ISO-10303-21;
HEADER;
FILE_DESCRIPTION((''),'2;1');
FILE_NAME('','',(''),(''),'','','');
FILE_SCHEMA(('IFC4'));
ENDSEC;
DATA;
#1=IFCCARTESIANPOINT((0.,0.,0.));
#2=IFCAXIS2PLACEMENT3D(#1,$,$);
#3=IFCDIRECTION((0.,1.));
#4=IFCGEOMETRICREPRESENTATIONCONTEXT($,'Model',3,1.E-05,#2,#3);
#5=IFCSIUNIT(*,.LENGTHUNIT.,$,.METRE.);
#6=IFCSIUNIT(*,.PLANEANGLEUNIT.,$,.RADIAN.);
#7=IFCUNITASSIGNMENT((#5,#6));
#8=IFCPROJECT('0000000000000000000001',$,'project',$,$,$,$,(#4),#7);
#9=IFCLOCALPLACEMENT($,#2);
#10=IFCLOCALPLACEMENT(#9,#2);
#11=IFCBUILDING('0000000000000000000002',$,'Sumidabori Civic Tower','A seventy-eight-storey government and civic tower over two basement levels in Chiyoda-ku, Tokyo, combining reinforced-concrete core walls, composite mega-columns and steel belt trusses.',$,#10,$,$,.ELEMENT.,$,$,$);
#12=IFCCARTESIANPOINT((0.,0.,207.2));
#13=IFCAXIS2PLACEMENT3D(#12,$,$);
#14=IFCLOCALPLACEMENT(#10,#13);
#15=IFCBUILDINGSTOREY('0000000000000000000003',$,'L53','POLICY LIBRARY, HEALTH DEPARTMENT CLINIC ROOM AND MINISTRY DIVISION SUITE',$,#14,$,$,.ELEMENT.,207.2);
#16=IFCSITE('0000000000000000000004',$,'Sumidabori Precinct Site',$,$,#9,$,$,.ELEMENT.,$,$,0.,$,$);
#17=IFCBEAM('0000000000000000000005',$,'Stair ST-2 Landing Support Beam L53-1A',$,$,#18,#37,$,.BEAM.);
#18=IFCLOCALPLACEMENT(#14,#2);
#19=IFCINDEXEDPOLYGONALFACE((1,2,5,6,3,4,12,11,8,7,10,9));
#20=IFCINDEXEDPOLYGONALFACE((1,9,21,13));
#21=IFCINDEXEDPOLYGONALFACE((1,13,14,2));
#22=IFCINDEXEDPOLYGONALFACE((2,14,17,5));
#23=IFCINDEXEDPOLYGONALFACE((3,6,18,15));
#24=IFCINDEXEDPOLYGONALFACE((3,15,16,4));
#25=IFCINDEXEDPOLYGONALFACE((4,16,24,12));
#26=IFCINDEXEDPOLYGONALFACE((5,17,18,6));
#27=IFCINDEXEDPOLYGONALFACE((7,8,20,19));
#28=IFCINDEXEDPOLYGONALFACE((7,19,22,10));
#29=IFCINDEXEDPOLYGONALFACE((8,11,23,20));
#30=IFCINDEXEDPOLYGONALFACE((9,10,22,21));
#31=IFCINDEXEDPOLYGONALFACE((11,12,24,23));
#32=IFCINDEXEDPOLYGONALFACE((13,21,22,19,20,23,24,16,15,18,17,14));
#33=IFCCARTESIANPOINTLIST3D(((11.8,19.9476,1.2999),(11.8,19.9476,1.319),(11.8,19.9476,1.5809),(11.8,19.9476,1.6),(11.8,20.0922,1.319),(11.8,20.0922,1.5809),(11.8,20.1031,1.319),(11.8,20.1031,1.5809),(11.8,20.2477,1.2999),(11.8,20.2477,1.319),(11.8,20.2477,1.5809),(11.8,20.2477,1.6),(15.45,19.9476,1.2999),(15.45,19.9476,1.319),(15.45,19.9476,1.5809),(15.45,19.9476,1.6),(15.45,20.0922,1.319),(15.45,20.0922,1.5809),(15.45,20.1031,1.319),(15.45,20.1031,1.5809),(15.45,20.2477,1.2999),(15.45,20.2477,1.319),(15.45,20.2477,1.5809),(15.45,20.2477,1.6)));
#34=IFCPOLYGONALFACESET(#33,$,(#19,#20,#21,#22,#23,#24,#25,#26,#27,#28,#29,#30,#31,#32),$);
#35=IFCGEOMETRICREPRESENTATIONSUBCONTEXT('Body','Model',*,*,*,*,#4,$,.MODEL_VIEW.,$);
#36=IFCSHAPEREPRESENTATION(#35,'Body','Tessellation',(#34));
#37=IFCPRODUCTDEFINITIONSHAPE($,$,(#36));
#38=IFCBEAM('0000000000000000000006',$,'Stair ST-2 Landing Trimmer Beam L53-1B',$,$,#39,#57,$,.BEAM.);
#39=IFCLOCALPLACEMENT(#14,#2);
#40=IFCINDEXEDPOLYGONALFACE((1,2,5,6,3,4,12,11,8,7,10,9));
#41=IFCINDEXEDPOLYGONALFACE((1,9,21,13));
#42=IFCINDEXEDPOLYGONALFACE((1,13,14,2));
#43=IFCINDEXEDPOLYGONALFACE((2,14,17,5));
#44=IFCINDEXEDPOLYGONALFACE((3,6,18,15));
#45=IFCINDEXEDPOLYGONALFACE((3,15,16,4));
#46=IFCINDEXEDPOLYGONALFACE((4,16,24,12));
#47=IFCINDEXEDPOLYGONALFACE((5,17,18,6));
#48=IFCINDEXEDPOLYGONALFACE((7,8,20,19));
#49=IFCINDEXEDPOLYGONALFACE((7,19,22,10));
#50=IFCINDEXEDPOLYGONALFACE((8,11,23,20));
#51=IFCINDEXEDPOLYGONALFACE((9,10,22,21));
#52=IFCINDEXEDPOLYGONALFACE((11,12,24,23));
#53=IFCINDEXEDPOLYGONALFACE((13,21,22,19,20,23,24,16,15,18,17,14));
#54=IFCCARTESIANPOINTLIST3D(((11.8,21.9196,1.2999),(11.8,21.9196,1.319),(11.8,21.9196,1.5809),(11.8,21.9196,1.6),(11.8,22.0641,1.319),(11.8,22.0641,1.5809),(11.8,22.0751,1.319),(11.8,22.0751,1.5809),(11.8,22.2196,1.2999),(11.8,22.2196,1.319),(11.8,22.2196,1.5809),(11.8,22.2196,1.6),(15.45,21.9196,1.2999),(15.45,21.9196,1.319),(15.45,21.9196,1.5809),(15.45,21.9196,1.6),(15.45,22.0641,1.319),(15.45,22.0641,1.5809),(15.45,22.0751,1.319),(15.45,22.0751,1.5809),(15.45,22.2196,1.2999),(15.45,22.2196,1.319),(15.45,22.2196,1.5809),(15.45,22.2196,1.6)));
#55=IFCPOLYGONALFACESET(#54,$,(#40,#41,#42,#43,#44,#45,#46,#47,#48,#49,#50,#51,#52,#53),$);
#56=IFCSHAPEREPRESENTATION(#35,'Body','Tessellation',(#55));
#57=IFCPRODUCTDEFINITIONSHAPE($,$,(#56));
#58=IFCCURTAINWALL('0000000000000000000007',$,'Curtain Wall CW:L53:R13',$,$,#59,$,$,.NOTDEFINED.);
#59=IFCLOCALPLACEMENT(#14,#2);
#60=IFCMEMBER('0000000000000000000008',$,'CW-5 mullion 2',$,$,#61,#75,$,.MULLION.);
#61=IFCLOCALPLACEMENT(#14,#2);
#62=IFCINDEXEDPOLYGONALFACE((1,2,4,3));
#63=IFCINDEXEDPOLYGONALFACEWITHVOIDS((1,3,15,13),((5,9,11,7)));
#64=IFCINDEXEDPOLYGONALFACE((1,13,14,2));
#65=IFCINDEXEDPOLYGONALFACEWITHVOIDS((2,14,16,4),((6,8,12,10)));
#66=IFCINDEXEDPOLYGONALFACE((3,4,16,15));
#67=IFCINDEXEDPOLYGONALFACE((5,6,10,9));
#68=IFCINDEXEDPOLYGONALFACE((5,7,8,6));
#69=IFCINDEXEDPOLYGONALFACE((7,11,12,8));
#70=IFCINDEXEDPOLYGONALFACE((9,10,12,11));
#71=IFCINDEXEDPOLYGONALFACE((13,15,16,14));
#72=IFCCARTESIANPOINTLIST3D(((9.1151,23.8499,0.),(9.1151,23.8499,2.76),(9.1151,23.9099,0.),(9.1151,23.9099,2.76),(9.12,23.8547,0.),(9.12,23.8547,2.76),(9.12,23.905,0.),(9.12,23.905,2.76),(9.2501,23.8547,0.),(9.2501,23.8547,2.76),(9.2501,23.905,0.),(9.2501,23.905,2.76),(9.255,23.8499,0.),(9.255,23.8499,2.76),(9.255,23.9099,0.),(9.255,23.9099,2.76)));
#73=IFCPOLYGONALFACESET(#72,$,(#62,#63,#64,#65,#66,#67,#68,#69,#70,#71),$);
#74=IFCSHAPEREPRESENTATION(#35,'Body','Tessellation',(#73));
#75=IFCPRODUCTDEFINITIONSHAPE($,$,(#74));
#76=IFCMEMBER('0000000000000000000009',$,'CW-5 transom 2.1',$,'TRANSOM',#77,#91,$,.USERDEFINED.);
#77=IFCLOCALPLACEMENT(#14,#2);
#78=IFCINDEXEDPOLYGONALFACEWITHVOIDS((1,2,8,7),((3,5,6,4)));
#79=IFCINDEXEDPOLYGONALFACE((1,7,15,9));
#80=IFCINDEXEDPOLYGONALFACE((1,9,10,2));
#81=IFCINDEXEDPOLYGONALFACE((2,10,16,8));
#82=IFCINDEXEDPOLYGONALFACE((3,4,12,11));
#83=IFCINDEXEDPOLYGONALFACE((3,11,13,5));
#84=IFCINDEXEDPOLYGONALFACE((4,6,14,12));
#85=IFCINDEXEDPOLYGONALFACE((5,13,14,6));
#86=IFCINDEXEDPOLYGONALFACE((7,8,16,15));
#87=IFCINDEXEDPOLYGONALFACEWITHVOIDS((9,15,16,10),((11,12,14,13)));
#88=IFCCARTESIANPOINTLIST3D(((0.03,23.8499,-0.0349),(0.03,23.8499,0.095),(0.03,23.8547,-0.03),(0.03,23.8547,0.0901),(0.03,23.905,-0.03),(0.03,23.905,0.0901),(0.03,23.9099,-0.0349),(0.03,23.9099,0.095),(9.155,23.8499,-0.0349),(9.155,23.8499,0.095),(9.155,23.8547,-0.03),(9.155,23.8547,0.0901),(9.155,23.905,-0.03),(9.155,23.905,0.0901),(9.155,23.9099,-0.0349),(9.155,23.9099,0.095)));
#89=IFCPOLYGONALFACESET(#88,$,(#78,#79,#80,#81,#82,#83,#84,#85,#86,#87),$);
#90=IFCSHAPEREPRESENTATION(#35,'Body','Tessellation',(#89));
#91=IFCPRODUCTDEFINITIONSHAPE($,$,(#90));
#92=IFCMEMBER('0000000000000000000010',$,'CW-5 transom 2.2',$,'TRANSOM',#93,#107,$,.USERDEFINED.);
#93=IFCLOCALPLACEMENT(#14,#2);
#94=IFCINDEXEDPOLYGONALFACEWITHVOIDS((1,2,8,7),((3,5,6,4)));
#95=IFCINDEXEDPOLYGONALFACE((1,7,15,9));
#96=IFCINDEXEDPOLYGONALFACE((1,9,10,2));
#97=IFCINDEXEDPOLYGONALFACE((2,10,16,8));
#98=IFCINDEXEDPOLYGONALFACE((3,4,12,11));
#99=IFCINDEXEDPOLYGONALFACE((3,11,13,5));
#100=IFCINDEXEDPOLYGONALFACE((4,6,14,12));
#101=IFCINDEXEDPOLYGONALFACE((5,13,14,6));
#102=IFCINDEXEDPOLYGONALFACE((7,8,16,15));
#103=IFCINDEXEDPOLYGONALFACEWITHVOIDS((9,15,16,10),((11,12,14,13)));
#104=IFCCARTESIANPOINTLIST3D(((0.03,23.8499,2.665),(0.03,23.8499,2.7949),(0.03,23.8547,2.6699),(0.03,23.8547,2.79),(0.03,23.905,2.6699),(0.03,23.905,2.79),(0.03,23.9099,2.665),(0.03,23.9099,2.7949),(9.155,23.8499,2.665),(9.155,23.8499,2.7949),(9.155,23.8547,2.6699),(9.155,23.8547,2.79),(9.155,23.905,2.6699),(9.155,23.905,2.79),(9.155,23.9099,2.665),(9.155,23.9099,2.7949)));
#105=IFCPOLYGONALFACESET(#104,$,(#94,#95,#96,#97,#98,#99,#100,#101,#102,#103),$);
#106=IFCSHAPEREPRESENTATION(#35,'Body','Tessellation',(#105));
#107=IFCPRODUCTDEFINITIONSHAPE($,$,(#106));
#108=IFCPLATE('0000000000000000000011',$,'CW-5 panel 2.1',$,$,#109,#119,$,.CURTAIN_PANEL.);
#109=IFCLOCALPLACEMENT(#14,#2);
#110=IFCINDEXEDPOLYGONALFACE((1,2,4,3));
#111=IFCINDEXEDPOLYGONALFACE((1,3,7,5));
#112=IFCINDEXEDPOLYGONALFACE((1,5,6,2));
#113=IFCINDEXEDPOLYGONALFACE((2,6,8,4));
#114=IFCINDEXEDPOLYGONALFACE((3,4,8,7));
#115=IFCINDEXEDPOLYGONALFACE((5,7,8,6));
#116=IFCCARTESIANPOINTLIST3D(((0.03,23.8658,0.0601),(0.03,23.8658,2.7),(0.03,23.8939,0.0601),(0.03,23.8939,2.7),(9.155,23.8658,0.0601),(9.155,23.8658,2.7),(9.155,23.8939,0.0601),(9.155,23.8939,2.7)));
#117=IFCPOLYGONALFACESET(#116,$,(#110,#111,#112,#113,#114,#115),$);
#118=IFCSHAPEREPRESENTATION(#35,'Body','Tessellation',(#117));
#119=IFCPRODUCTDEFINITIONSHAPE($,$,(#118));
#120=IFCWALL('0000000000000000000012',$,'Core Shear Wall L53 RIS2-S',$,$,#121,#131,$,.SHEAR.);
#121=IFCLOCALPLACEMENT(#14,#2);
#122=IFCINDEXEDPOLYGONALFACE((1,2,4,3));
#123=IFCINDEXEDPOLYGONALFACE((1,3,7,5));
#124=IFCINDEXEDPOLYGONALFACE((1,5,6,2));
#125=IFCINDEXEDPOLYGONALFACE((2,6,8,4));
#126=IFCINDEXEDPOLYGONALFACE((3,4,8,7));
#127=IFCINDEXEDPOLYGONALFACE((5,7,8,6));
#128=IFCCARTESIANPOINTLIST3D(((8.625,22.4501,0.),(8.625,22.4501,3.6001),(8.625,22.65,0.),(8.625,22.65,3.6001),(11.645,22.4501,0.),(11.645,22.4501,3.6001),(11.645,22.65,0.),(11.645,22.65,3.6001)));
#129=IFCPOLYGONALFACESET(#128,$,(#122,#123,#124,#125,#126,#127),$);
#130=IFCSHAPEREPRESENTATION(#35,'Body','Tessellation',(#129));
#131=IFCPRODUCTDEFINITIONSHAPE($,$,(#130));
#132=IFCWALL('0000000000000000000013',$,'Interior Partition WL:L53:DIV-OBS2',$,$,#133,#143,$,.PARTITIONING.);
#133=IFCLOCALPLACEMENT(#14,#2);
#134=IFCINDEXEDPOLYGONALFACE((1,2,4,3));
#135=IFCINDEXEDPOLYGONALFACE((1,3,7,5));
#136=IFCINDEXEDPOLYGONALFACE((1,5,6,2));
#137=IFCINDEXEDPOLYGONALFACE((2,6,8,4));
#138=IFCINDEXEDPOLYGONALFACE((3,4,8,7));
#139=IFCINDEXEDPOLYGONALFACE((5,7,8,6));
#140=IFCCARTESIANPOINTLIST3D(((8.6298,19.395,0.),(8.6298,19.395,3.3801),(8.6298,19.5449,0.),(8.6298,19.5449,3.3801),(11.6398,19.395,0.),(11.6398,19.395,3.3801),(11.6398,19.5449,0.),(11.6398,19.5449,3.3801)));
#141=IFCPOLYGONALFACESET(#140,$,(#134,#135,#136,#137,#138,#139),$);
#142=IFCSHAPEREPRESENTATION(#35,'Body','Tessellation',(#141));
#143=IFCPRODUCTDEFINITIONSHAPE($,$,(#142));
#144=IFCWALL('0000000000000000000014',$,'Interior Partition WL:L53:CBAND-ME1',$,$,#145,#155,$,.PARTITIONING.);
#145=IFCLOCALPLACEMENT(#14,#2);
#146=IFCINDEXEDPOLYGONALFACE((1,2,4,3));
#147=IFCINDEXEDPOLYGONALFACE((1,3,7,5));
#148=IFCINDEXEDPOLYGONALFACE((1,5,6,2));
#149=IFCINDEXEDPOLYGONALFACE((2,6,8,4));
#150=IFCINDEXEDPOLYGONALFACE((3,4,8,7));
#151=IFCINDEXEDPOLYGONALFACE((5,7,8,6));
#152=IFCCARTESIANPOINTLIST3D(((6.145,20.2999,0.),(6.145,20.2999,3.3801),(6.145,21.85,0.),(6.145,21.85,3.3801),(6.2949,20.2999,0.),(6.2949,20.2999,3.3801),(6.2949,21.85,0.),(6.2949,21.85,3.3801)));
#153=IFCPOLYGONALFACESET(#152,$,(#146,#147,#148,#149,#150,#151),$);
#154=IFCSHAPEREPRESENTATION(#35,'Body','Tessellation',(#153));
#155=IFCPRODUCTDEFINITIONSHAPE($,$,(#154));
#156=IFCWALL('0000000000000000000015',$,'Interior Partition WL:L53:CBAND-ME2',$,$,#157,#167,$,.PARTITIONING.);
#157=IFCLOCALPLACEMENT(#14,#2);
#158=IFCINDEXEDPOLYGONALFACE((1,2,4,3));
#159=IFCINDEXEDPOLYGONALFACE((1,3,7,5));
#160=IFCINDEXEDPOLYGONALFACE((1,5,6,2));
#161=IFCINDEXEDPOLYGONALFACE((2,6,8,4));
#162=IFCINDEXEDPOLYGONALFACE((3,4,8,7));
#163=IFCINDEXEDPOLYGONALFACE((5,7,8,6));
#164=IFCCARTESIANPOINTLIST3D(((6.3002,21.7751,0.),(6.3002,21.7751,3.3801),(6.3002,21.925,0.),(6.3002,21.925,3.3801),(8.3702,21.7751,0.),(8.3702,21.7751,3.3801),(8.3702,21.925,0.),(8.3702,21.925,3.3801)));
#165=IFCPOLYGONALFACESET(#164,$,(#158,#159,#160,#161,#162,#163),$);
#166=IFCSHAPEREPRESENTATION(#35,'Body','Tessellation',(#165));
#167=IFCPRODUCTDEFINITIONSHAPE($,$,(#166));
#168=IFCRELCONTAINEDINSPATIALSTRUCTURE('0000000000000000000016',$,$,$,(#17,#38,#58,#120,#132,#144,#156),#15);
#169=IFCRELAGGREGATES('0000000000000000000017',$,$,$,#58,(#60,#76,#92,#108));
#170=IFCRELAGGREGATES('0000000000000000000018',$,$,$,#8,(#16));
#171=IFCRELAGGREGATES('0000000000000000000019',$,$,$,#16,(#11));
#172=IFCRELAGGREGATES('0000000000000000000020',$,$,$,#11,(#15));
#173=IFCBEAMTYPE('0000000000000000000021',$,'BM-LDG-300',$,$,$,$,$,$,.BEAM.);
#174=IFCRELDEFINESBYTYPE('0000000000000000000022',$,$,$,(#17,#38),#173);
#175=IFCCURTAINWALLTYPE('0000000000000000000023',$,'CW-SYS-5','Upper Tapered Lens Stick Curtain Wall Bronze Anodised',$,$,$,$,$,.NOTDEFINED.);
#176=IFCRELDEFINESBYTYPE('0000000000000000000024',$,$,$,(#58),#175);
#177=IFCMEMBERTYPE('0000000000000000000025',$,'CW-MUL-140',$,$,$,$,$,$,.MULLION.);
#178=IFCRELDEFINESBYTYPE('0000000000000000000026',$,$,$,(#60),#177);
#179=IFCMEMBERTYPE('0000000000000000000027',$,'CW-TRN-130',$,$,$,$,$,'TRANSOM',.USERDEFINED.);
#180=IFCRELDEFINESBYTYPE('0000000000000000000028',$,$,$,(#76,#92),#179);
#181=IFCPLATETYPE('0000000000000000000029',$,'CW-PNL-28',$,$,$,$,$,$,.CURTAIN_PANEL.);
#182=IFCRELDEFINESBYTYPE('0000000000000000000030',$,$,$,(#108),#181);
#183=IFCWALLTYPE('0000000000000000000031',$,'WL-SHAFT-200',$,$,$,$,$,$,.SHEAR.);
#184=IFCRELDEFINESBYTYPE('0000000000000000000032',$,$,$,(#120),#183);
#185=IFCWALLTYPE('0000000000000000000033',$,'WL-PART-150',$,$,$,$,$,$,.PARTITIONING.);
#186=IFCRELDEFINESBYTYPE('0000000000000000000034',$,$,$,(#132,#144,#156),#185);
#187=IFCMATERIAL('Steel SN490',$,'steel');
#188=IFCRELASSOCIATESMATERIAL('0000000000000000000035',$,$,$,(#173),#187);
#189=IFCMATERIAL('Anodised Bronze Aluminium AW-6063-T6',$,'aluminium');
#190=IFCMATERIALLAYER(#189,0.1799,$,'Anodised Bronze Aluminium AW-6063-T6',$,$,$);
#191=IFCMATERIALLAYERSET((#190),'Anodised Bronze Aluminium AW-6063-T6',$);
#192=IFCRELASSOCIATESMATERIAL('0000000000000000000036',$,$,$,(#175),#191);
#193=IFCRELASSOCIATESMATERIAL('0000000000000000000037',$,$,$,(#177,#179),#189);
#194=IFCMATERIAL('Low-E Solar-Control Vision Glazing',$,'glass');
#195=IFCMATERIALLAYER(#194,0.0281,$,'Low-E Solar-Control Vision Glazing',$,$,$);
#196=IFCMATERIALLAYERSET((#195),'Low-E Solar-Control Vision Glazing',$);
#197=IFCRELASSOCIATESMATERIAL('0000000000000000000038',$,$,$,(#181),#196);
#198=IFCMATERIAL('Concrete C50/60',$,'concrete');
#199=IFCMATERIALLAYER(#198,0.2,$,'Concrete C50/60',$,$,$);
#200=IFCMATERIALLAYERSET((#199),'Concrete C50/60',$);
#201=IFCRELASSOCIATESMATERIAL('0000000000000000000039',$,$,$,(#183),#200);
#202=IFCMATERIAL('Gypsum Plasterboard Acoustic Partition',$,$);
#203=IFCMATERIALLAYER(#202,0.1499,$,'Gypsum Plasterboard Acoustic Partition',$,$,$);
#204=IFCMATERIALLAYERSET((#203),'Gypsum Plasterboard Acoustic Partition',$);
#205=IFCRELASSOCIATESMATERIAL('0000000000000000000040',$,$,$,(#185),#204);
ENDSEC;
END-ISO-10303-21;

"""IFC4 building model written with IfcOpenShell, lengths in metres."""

from ifc_helpers import new_model, si_unit, direction, frame, frame_2d, origin, origin_2d, place, context, subcontext, project, spatial, rectangle, hollow_rectangle, i_section, extrude, source, transform, mapped, material, layer, layer_set, material_profile, profile_set, type_object, element, aggregate, save


model = new_model("IFC4")

# Units and contexts
model_context = context("Model", 3, precision=1e-05, world=origin(), true_north=direction((0.0, 1.0)))
body_context = subcontext(model_context, "Body", "Model", "MODEL_VIEW")
ifc_project = project(units=[si_unit("LENGTHUNIT", "METRE"), si_unit("PLANEANGLEUNIT", "RADIAN")], contexts=[model_context])

# Site, building, storey
site_placement = place(None, origin())
site = spatial("IfcSite", under=ifc_project, at=site_placement, Name="Sumidabori Precinct Site", CompositionType="ELEMENT", RefElevation=0.0)
building_placement = place(site_placement, origin())
building = spatial("IfcBuilding", under=site, at=building_placement, Name="Sumidabori Civic Tower", Description="A seventy-eight-storey government and civic tower over two basement levels in Chiyoda-ku, Tokyo, combining reinforced-concrete core walls, composite mega-columns and steel belt trusses.", CompositionType="ELEMENT")
storey_placement = place(building_placement, frame((0.0, 0.0, 207.2)))
storey = spatial("IfcBuildingStorey", under=building, at=storey_placement, Name="L53", Description="POLICY LIBRARY, HEALTH DEPARTMENT CLINIC ROOM AND MINISTRY DIVISION SUITE", CompositionType="ELEMENT", Elevation=207.2)

# Beams
ifc_material_1 = material(Name="Steel SN490", Category="steel")
ifc_material_profile_1 = material_profile(ifc_material_1, i_section(OverallWidth=0.3, OverallDepth=0.3, WebThickness=0.011, FlangeThickness=0.019, at=origin_2d()), Name="HE 300 B")
ifc_profile_set_1 = profile_set([ifc_material_profile_1], Name="Steel SN490")
beam_type = type_object("IfcBeamType", Name="BM-LDG-300", PredefinedType="BEAM", material=ifc_profile_set_1)
shared_shape_1 = source(origin(), body_context, "Body", "SweptSolid", [
    extrude(i_section(OverallWidth=0.3, OverallDepth=0.3, WebThickness=0.011, FlangeThickness=0.019, at=origin_2d()), origin(), (0.0, 0.0, 1.0), 3.6499),
])
for number, where, z_axis, x_axis, name in (
    (1, (11.8, 20.0977, 1.45), (1.0, 0.0, 0.0), (0.0, 1.0, 0.0), "Stair ST-2 Landing Support Beam L53-1A"),
    (2, (11.8, 22.0696, 1.45), (1.0, 0.0, 0.0), (0.0, 1.0, 0.0), "Stair ST-2 Landing Trimmer Beam L53-1B"),
):
    element("IfcBeam", number, at=place(storey_placement, frame(where, z_axis=z_axis, x_axis=x_axis)), inside=storey, type_object=beam_type, Name=name, PredefinedType="BEAM", context=body_context, shape_type="MappedRepresentation", body=[
        mapped(shared_shape_1, transform((0.0, 0.0, 0.0), x_axis=(1.0, 0.0, 0.0), y_axis=(0.0, 1.0, 0.0), z_axis=(0.0, 0.0, 1.0), scale=1.0)),
    ])

# Curtain wall, members, plate
ifc_material_2 = material(Name="Anodised Bronze Aluminium AW-6063-T6", Category="aluminium")
ifc_layer_1 = layer(ifc_material_2, 0.1799, Name="Anodised Bronze Aluminium AW-6063-T6")
ifc_layer_set_1 = layer_set([ifc_layer_1], Name="Anodised Bronze Aluminium AW-6063-T6")
curtain_wall_type = type_object("IfcCurtainWallType", Name="CW-SYS-5", Description="Upper Tapered Lens Stick Curtain Wall Bronze Anodised", PredefinedType="NOTDEFINED", material=ifc_layer_set_1)
curtain_wall_placement = place(storey_placement, origin())
curtain_wall = element("IfcCurtainWall", 3, at=curtain_wall_placement, inside=storey, type_object=curtain_wall_type, Name="Curtain Wall CW:L53:R13", PredefinedType="NOTDEFINED")
ifc_material_profile_2 = material_profile(ifc_material_2, hollow_rectangle(XDim=0.0601, YDim=0.1399, WallThickness=0.0049, at=origin_2d()), Name="ALU MULLION 140x60")
ifc_profile_set_2 = profile_set([ifc_material_profile_2], Name="Anodised Bronze Aluminium AW-6063-T6")
member_type_1 = type_object("IfcMemberType", Name="CW-MUL-140", PredefinedType="MULLION", material=ifc_profile_set_2)
shared_shape_2 = source(origin(), body_context, "Body", "SweptSolid", [
    extrude(hollow_rectangle(XDim=0.0601, YDim=0.1399, WallThickness=0.0049, at=origin_2d()), origin(), (0.0, 0.0, 1.0), 2.76),
])
member_1_placement = place(storey_placement, frame((9.1851, 23.8799, 0.0), z_axis=(0.0, 0.0, 1.0), x_axis=(0.0, -1.0, 0.0)))
member_1 = element("IfcMember", 4, at=member_1_placement, type_object=member_type_1, Name="CW-5 mullion 2", PredefinedType="MULLION", context=body_context, shape_type="MappedRepresentation", body=[
    mapped(shared_shape_2, transform((0.0, 0.0, 0.0), x_axis=(1.0, 0.0, 0.0), y_axis=(0.0, 1.0, 0.0), z_axis=(0.0, 0.0, 1.0), scale=1.0)),
])
ifc_material_profile_3 = material_profile(ifc_material_2, hollow_rectangle(XDim=0.0601, YDim=0.1299, WallThickness=0.0049, at=origin_2d()), Name="ALU TRANSOM 130x60")
ifc_profile_set_3 = profile_set([ifc_material_profile_3], Name="Anodised Bronze Aluminium AW-6063-T6")
member_type_2 = type_object("IfcMemberType", Name="CW-TRN-130", ElementType="TRANSOM", PredefinedType="USERDEFINED", material=ifc_profile_set_3)
shared_shape_3 = source(origin(), body_context, "Body", "SweptSolid", [
    extrude(hollow_rectangle(XDim=0.0601, YDim=0.1299, WallThickness=0.0049, at=origin_2d()), origin(), (0.0, 0.0, 1.0), 9.125),
])
member_2_placement = place(storey_placement, frame((9.155, 23.8799, 0.03), z_axis=(-1.0, 0.0, 0.0), x_axis=(0.0, -1.0, 0.0)))
member_2 = element("IfcMember", 5, at=member_2_placement, type_object=member_type_2, Name="CW-5 transom 2.1", ObjectType="TRANSOM", PredefinedType="USERDEFINED", context=body_context, shape_type="MappedRepresentation", body=[
    mapped(shared_shape_3, transform((0.0, 0.0, 0.0), x_axis=(1.0, 0.0, 0.0), y_axis=(0.0, 1.0, 0.0), z_axis=(0.0, 0.0, 1.0), scale=1.0)),
])
member_3_placement = place(storey_placement, frame((9.155, 23.8799, 2.73), z_axis=(-1.0, 0.0, 0.0), x_axis=(0.0, -1.0, 0.0)))
member_3 = element("IfcMember", 6, at=member_3_placement, type_object=member_type_2, Name="CW-5 transom 2.2", ObjectType="TRANSOM", PredefinedType="USERDEFINED", context=body_context, shape_type="MappedRepresentation", body=[
    mapped(shared_shape_3, transform((0.0, 0.0, 0.0), x_axis=(1.0, 0.0, 0.0), y_axis=(0.0, 1.0, 0.0), z_axis=(0.0, 0.0, 1.0), scale=1.0)),
])
ifc_material_3 = material(Name="Low-E Solar-Control Vision Glazing", Category="glass")
ifc_layer_2 = layer(ifc_material_3, 0.0281, Name="Low-E Solar-Control Vision Glazing")
ifc_layer_set_2 = layer_set([ifc_layer_2], Name="Low-E Solar-Control Vision Glazing")
plate_type = type_object("IfcPlateType", Name="CW-PNL-28", PredefinedType="CURTAIN_PANEL", material=ifc_layer_set_2)
shared_shape_4 = source(origin(), body_context, "Body", "SweptSolid", [
    extrude(rectangle(XDim=9.125, YDim=0.0281, at=origin_2d()), origin(), (0.0, 0.0, 1.0), 2.6399),
])
plate_placement = place(storey_placement, frame((4.5925, 23.8799, 0.0601), z_axis=(0.0, 0.0, 1.0), x_axis=(-1.0, 0.0, 0.0)))
plate = element("IfcPlate", 7, at=plate_placement, type_object=plate_type, Name="CW-5 panel 2.1", PredefinedType="CURTAIN_PANEL", context=body_context, shape_type="MappedRepresentation", body=[
    mapped(shared_shape_4, transform((0.0, 0.0, 0.0), x_axis=(1.0, 0.0, 0.0), y_axis=(0.0, 1.0, 0.0), z_axis=(0.0, 0.0, 1.0), scale=1.0)),
])
aggregate(curtain_wall, [member_1, member_2, member_3, plate])

# Walls
ifc_material_4 = material(Name="Concrete C50/60", Category="concrete")
ifc_layer_3 = layer(ifc_material_4, 0.2, Name="Concrete C50/60")
ifc_layer_set_3 = layer_set([ifc_layer_3], Name="Concrete C50/60")
wall_type_1 = type_object("IfcWallType", Name="WL-SHAFT-200", PredefinedType="SHEAR", material=ifc_layer_set_3)
shared_shape_5 = source(origin(), body_context, "Body", "SweptSolid", [
    extrude(rectangle(XDim=3.02, YDim=0.2, at=frame_2d((1.51, 0.0))), origin(), (0.0, 0.0, 1.0), 3.6001),
])
wall_1_placement = place(storey_placement, frame((8.625, 22.55, 0.0), z_axis=(0.0, 0.0, 1.0), x_axis=(1.0, 0.0, 0.0)))
element("IfcWall", 8, at=wall_1_placement, inside=storey, type_object=wall_type_1, Name="Core Shear Wall L53 RIS2-S", PredefinedType="SHEAR", context=body_context, shape_type="MappedRepresentation", body=[
    mapped(shared_shape_5, transform((0.0, 0.0, 0.0), x_axis=(1.0, 0.0, 0.0), y_axis=(0.0, 1.0, 0.0), z_axis=(0.0, 0.0, 1.0), scale=1.0)),
])
ifc_material_5 = material(Name="Gypsum Plasterboard Acoustic Partition")
ifc_layer_4 = layer(ifc_material_5, 0.1499, Name="Gypsum Plasterboard Acoustic Partition")
ifc_layer_set_4 = layer_set([ifc_layer_4], Name="Gypsum Plasterboard Acoustic Partition")
wall_type_2 = type_object("IfcWallType", Name="WL-PART-150", PredefinedType="PARTITIONING", material=ifc_layer_set_4)
shared_shape_6 = source(origin(), body_context, "Body", "SweptSolid", [
    extrude(rectangle(XDim=3.01, YDim=0.1499, at=frame_2d((1.5049, 0.0))), origin(), (0.0, 0.0, 1.0), 3.3801),
])
wall_2_placement = place(storey_placement, frame((8.6299, 19.47, 0.0), z_axis=(0.0, 0.0, 1.0), x_axis=(1.0, 0.0, 0.0)))
element("IfcWall", 9, at=wall_2_placement, inside=storey, type_object=wall_type_2, Name="Interior Partition WL:L53:DIV-OBS2", PredefinedType="PARTITIONING", context=body_context, shape_type="MappedRepresentation", body=[
    mapped(shared_shape_6, transform((0.0, 0.0, 0.0), x_axis=(1.0, 0.0, 0.0), y_axis=(0.0, 1.0, 0.0), z_axis=(0.0, 0.0, 1.0), scale=1.0)),
])
shared_shape_7 = source(origin(), body_context, "Body", "SweptSolid", [
    extrude(rectangle(XDim=1.55, YDim=0.1499, at=frame_2d((0.7749, 0.0))), origin(), (0.0, 0.0, 1.0), 3.3801),
])
wall_3_placement = place(storey_placement, frame((6.22, 20.3, 0.0), z_axis=(0.0, 0.0, 1.0), x_axis=(0.0, 1.0, 0.0)))
element("IfcWall", 10, at=wall_3_placement, inside=storey, type_object=wall_type_2, Name="Interior Partition WL:L53:CBAND-ME1", PredefinedType="PARTITIONING", context=body_context, shape_type="MappedRepresentation", body=[
    mapped(shared_shape_7, transform((0.0, 0.0, 0.0), x_axis=(1.0, 0.0, 0.0), y_axis=(0.0, 1.0, 0.0), z_axis=(0.0, 0.0, 1.0), scale=1.0)),
])
shared_shape_8 = source(origin(), body_context, "Body", "SweptSolid", [
    extrude(rectangle(XDim=2.0701, YDim=0.1499, at=frame_2d((1.0352, 0.0))), origin(), (0.0, 0.0, 1.0), 3.3801),
])
wall_4_placement = place(storey_placement, frame((6.3, 21.8501, 0.0), z_axis=(0.0, 0.0, 1.0), x_axis=(1.0, 0.0, 0.0)))
element("IfcWall", 11, at=wall_4_placement, inside=storey, type_object=wall_type_2, Name="Interior Partition WL:L53:CBAND-ME2", PredefinedType="PARTITIONING", context=body_context, shape_type="MappedRepresentation", body=[
    mapped(shared_shape_8, transform((0.0, 0.0, 0.0), x_axis=(1.0, 0.0, 0.0), y_axis=(0.0, 1.0, 0.0), z_axis=(0.0, 0.0, 1.0), scale=1.0)),
])

save(model, "model.ifc")
